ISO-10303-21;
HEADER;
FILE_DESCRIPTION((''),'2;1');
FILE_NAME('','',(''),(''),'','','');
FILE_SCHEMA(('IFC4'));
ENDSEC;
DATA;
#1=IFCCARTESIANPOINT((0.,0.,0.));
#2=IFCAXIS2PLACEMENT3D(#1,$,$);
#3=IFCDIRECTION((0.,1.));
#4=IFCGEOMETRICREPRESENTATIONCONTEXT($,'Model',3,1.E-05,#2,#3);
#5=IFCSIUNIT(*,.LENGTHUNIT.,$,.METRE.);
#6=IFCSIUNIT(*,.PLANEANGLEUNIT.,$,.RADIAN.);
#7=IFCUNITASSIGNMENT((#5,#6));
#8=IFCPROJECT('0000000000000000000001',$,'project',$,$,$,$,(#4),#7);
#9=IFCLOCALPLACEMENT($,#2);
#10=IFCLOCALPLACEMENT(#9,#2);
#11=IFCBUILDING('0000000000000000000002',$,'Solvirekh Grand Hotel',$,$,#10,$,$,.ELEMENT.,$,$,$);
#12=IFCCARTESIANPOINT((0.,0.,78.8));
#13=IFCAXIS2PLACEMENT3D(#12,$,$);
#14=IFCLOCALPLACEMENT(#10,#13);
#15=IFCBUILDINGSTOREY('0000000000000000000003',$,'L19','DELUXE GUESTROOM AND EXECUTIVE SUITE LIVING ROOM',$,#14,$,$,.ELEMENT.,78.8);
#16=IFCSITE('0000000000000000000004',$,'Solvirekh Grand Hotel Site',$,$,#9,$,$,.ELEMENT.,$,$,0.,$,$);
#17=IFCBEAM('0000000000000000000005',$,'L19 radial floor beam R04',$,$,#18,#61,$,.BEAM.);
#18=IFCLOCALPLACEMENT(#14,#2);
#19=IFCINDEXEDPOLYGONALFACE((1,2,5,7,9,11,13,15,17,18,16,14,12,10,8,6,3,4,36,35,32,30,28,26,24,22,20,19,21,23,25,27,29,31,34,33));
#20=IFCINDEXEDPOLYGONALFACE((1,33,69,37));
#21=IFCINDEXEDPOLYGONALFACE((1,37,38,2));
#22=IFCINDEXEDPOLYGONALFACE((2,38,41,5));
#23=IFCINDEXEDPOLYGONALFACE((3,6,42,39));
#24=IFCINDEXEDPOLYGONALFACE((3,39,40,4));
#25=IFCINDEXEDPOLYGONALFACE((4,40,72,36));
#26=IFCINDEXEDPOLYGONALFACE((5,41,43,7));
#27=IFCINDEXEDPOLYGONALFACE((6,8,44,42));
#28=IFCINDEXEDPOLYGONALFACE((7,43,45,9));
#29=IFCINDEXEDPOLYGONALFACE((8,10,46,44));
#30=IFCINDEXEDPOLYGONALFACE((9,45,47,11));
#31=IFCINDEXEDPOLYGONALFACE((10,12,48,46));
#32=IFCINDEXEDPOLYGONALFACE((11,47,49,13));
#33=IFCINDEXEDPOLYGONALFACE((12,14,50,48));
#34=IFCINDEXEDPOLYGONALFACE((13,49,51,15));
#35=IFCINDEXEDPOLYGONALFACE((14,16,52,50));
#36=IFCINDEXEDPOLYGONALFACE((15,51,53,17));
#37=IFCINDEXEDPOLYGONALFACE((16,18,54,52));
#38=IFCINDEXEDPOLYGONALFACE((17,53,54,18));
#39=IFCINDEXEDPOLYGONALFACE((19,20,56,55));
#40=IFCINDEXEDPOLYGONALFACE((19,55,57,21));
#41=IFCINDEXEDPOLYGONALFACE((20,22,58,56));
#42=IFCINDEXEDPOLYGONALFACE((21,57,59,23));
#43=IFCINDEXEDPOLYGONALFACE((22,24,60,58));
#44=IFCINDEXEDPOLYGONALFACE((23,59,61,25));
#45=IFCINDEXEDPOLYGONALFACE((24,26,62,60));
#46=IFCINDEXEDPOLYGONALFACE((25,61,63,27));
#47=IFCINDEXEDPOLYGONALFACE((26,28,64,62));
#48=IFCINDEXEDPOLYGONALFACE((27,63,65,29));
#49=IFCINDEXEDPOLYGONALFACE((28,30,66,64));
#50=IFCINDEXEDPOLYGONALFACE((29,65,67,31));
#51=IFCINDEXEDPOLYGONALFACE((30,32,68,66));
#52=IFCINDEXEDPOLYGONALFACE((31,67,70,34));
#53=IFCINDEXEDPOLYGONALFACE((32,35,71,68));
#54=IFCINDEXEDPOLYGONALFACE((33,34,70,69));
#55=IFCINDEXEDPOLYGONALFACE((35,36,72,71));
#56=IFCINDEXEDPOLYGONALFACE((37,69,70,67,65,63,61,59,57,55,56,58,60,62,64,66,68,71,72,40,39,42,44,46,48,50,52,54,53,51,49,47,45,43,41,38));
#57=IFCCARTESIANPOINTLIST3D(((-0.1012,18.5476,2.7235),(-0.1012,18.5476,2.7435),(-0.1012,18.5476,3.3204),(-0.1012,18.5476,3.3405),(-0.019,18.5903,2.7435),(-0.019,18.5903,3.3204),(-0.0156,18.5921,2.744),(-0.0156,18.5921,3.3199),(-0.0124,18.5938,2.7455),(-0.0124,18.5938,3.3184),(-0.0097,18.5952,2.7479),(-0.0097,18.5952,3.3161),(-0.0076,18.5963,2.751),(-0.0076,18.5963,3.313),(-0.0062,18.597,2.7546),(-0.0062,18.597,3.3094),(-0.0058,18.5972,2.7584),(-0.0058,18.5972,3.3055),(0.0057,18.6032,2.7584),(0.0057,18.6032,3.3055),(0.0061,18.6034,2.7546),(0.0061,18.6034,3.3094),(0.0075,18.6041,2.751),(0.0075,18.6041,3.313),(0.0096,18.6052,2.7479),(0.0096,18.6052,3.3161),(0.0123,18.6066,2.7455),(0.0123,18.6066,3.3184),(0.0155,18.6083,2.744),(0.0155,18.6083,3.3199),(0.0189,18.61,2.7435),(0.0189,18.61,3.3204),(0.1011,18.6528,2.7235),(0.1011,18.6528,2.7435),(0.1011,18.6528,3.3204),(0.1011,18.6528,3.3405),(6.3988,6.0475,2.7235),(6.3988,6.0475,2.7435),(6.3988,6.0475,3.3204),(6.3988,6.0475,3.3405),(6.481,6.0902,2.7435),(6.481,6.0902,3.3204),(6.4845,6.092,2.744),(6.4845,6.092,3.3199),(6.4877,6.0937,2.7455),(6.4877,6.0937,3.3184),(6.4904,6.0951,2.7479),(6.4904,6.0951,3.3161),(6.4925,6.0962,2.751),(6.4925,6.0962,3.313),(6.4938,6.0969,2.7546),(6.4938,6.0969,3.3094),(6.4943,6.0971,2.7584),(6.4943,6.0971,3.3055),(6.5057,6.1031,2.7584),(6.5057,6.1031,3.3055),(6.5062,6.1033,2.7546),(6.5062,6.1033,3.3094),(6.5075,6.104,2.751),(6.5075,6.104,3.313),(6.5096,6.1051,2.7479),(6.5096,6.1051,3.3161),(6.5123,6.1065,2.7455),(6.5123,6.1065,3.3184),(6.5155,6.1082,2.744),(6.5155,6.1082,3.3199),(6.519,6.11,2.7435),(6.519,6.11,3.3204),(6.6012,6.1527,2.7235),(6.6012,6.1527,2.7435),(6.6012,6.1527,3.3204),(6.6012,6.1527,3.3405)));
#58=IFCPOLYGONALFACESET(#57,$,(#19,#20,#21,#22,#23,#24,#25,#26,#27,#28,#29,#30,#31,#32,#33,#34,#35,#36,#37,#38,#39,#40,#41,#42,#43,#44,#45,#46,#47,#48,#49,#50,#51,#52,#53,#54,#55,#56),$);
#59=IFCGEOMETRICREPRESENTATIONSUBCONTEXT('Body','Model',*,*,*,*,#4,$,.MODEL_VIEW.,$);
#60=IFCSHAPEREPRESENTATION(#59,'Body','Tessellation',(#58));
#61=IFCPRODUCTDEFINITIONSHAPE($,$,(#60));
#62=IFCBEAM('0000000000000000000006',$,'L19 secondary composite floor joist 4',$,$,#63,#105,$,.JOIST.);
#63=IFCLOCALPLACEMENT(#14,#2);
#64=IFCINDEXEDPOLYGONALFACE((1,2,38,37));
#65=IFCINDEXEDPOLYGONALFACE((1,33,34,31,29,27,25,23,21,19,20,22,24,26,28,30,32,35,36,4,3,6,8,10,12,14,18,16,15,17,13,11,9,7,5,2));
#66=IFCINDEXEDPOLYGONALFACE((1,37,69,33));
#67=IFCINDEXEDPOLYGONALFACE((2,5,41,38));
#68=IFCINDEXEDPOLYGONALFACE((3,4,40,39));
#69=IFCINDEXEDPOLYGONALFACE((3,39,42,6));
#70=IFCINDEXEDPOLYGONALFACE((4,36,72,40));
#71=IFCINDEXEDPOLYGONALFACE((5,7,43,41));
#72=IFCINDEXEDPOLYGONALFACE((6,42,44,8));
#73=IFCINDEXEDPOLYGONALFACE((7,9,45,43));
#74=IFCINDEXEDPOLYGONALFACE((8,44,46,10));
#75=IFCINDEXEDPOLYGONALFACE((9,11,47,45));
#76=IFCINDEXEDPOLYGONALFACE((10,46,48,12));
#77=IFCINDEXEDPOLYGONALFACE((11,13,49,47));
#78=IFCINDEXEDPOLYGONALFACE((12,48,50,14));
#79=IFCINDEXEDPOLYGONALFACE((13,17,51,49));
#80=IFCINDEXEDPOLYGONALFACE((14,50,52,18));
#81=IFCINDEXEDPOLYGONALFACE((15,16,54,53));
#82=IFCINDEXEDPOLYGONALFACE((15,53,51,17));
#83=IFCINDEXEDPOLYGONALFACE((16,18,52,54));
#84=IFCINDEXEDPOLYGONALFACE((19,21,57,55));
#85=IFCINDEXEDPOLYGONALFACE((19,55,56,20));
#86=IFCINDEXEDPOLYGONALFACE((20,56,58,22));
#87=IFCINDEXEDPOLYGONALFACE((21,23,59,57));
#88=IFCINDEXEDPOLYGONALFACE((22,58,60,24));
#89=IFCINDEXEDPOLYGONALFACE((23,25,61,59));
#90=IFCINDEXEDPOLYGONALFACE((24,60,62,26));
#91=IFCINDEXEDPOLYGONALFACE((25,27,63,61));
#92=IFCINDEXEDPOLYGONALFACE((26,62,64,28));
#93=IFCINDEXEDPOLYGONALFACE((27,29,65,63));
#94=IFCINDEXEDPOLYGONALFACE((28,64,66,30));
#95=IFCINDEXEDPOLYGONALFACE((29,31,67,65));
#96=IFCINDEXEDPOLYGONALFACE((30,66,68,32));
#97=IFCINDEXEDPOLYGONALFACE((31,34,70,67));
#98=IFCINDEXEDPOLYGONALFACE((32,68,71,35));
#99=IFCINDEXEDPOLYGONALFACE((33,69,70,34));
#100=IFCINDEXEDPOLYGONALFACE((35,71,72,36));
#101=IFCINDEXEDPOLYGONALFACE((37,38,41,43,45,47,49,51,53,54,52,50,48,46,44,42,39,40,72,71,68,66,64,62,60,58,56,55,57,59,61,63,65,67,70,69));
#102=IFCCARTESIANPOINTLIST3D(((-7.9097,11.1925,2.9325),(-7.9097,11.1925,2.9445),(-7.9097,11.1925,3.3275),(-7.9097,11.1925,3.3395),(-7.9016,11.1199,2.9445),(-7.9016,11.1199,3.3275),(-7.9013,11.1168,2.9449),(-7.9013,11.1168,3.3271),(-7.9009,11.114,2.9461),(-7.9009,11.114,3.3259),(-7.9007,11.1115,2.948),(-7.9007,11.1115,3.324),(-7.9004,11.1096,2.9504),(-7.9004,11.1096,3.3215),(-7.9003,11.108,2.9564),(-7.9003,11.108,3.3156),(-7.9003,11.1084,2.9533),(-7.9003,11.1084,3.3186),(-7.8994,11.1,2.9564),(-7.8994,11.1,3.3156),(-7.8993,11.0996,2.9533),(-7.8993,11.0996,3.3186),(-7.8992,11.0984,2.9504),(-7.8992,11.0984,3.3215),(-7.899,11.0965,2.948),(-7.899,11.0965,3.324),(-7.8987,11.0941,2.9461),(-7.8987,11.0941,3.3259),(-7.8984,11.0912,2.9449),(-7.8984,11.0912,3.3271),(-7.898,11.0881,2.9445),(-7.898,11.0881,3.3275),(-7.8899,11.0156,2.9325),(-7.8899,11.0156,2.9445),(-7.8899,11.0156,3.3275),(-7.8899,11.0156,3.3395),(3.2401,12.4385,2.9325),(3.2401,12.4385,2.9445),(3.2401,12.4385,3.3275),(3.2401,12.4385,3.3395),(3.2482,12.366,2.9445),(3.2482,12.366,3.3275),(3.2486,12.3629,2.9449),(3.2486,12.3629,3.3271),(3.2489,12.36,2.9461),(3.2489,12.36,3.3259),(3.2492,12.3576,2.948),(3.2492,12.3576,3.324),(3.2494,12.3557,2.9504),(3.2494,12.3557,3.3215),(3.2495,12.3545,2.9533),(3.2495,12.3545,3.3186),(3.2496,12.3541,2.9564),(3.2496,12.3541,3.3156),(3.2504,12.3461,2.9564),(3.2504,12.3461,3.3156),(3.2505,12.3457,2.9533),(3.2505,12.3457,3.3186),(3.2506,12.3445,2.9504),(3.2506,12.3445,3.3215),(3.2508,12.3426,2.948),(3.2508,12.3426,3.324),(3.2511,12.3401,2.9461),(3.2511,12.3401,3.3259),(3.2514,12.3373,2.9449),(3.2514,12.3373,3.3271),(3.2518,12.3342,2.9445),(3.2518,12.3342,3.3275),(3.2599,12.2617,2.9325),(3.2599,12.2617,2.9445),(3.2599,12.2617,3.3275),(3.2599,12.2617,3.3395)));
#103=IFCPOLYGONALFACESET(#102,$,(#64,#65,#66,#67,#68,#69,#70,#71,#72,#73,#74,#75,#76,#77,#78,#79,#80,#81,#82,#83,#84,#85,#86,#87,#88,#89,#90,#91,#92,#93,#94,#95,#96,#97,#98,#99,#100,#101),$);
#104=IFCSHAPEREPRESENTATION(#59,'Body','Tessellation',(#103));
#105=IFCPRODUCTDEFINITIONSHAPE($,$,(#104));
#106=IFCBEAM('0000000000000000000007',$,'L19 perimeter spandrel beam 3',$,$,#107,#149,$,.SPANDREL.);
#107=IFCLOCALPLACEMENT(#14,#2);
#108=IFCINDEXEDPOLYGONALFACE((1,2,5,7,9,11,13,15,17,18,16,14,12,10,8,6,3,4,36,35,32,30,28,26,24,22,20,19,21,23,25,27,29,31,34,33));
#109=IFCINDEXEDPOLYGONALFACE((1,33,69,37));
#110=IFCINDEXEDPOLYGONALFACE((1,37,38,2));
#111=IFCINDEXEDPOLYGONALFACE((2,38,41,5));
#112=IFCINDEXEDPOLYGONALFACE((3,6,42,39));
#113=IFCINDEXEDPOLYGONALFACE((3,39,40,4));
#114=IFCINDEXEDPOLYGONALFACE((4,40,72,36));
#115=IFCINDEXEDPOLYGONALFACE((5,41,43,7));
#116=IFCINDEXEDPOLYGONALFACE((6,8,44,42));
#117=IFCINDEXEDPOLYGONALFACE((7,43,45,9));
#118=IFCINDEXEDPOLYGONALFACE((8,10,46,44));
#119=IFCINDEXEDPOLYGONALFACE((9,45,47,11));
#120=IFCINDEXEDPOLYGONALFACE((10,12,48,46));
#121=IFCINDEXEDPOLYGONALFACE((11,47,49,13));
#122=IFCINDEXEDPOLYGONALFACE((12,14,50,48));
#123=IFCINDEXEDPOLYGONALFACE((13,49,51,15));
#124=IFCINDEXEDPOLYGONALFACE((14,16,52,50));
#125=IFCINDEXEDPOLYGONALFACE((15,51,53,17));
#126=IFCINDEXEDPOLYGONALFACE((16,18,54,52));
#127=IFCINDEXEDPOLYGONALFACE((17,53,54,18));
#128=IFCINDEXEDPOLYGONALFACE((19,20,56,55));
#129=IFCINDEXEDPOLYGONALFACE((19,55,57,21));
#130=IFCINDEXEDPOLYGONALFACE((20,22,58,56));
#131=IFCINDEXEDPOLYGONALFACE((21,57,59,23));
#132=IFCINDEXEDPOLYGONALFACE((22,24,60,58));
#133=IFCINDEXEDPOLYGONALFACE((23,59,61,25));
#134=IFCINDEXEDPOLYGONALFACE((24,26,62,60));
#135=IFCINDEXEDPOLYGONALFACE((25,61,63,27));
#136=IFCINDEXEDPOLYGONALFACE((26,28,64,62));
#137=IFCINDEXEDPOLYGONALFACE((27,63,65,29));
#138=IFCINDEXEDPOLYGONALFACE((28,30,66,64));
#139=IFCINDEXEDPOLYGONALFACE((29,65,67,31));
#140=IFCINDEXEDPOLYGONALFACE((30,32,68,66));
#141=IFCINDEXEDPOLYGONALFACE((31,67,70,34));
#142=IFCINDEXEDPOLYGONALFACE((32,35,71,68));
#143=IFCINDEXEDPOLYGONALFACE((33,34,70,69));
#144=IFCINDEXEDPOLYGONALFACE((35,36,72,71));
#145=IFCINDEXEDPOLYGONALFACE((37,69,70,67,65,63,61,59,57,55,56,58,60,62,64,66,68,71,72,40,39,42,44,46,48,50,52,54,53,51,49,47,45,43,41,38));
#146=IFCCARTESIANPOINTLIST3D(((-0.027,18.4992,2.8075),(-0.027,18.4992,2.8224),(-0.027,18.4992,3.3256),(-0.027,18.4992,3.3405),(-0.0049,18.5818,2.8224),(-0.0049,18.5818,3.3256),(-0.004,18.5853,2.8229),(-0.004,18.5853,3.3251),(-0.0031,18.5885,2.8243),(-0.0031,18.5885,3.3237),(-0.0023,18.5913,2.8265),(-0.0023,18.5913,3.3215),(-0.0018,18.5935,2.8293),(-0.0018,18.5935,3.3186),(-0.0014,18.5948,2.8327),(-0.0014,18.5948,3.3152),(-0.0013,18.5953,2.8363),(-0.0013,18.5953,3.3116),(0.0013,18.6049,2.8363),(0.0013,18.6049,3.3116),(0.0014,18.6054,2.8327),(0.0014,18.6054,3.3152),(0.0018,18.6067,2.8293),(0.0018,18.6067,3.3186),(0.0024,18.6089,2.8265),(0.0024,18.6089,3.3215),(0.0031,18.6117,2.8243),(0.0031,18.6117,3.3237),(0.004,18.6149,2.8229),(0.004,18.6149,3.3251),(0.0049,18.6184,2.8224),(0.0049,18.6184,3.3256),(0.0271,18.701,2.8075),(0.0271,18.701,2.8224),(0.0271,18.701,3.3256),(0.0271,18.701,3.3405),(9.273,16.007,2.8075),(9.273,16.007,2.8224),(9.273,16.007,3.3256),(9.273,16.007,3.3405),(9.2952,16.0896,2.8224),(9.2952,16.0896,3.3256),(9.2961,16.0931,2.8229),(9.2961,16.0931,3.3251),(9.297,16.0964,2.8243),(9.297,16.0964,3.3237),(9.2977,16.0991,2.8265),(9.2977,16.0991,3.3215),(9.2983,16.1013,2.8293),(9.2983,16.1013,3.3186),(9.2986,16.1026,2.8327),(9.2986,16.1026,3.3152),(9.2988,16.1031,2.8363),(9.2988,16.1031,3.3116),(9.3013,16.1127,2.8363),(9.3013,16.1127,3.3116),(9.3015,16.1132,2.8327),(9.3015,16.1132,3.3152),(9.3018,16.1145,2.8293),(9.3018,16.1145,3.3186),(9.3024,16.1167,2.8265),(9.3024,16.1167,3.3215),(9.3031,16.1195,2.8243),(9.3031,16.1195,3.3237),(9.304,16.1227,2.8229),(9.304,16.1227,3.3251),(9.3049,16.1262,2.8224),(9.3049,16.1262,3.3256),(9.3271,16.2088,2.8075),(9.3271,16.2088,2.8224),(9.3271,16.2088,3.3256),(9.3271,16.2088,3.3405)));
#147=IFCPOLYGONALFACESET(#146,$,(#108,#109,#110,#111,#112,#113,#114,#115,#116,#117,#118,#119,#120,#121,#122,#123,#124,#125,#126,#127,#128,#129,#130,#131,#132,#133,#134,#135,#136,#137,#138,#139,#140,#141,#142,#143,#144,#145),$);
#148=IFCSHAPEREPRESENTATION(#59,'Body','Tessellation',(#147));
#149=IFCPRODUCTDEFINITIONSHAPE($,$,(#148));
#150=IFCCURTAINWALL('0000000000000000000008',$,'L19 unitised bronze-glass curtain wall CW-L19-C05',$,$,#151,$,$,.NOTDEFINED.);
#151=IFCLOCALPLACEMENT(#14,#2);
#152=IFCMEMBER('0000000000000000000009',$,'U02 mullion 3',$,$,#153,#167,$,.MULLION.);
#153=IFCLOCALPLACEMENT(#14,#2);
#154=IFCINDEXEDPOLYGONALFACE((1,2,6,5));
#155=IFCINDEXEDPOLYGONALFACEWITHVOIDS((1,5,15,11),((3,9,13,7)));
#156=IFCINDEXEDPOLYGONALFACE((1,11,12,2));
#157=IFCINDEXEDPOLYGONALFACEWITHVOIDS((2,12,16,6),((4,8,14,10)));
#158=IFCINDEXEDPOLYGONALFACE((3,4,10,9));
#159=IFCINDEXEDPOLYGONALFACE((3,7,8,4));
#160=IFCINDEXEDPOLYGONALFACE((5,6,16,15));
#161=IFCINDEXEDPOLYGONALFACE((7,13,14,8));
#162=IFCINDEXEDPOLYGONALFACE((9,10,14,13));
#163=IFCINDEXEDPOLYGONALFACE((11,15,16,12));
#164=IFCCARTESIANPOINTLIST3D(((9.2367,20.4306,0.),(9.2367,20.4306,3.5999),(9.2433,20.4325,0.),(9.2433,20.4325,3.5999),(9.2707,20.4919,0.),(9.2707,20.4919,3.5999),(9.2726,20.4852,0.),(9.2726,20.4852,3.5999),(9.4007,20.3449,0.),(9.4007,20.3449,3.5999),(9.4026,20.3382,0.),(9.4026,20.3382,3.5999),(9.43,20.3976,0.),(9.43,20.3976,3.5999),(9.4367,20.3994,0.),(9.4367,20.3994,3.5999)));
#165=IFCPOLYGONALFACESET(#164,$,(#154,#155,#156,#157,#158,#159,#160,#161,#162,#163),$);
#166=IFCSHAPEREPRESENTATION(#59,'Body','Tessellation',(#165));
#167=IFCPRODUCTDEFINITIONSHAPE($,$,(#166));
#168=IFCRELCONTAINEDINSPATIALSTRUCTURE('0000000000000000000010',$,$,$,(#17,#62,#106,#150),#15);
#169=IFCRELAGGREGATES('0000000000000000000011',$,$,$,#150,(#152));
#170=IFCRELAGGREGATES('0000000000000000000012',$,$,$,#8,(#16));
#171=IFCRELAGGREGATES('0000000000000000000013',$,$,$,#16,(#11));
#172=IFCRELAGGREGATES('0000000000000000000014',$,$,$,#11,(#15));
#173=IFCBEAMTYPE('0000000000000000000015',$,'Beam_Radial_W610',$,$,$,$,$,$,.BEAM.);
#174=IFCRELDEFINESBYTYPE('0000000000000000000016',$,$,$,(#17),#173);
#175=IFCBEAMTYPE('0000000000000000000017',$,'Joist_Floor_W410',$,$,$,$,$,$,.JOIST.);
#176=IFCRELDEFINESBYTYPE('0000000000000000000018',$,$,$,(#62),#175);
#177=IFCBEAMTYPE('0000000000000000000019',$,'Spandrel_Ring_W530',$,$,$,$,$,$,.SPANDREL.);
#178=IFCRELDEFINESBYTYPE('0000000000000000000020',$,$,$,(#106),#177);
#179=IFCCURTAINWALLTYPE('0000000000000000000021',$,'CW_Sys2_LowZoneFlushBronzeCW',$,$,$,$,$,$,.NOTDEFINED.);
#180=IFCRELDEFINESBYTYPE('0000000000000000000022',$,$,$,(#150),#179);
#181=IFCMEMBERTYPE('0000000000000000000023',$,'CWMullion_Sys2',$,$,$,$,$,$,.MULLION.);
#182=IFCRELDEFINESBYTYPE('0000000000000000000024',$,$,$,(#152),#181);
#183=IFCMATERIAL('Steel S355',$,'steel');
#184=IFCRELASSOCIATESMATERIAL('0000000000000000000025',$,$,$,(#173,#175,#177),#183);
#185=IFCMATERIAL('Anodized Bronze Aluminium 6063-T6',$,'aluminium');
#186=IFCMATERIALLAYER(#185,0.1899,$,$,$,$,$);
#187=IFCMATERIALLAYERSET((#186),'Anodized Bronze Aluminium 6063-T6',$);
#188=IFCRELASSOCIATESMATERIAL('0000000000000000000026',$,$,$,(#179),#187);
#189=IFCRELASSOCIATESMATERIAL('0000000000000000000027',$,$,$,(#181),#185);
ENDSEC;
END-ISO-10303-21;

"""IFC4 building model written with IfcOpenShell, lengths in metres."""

from ifc_helpers import new_model, si_unit, direction, frame, origin, origin_2d, place, context, subcontext, project, spatial, hollow_rectangle, i_section, extrude, source, transform, mapped, material, layer, layer_set, material_profile, profile_set, type_object, element, aggregate, save


model = new_model("IFC4")

# Units and contexts
model_context = context("Model", 3, precision=1e-05, world=origin(), true_north=direction((0.0, 1.0)))
body_context = subcontext(model_context, "Body", "Model", "MODEL_VIEW")
ifc_project = project(units=[si_unit("LENGTHUNIT", "METRE"), si_unit("PLANEANGLEUNIT", "RADIAN")], contexts=[model_context])

# Site, building, storey
site_placement = place(None, origin())
site = spatial("IfcSite", under=ifc_project, at=site_placement, Name="Solvirekh Grand Hotel Site", CompositionType="ELEMENT", RefElevation=0.0)
building_placement = place(site_placement, origin())
building = spatial("IfcBuilding", under=site, at=building_placement, Name="Solvirekh Grand Hotel", CompositionType="ELEMENT")
storey_placement = place(building_placement, frame((0.0, 0.0, 78.8)))
storey = spatial("IfcBuildingStorey", under=building, at=storey_placement, Name="L19", Description="DELUXE GUESTROOM AND EXECUTIVE SUITE LIVING ROOM", CompositionType="ELEMENT", Elevation=78.8)

# Beams
ifc_material_1 = material(Name="Steel S355", Category="steel")
ifc_material_profile_1 = material_profile(ifc_material_1, i_section(OverallWidth=0.228, OverallDepth=0.6169, WebThickness=0.0129, FlangeThickness=0.02, FilletRadius=0.0149, at=origin_2d()), Name="W610X140")
ifc_profile_set_1 = profile_set([ifc_material_profile_1], Name="Steel S355")
beam_type_1 = type_object("IfcBeamType", Name="Beam_Radial_W610", PredefinedType="BEAM", material=ifc_profile_set_1)
beam_1_placement = place(storey_placement, frame((6.5, 6.1001, 3.032), z_axis=(-0.461353, 0.887217, 0.0), x_axis=(-0.887217, -0.461353, 0.0)))
element("IfcBeam", 1, at=beam_1_placement, inside=storey, type_object=beam_type_1, Name="L19 radial floor beam R04", PredefinedType="BEAM", context=body_context, shape_type="SweptSolid", body=[
    extrude(i_section(OverallWidth=0.228, OverallDepth=0.6169, WebThickness=0.0129, FlangeThickness=0.02, FilletRadius=0.0149, at=origin_2d()), origin(), (0.0, 0.0, 1.0), 14.0891),
])
ifc_material_profile_2 = material_profile(ifc_material_1, i_section(OverallWidth=0.178, OverallDepth=0.407, WebThickness=0.0081, FlangeThickness=0.012, FilletRadius=0.012, at=origin_2d()), Name="W410X60")
ifc_profile_set_2 = profile_set([ifc_material_profile_2], Name="Steel S355")
beam_type_2 = type_object("IfcBeamType", Name="Joist_Floor_W410", PredefinedType="JOIST", material=ifc_profile_set_2)
beam_2_placement = place(storey_placement, frame((3.25, 12.3501, 3.136), z_axis=(-0.993813, -0.111067, 0.0), x_axis=(0.111067, -0.993813, 0.0)))
element("IfcBeam", 2, at=beam_2_placement, inside=storey, type_object=beam_type_2, Name="L19 secondary composite floor joist 4", PredefinedType="JOIST", context=body_context, shape_type="SweptSolid", body=[
    extrude(i_section(OverallWidth=0.178, OverallDepth=0.407, WebThickness=0.0081, FlangeThickness=0.012, FilletRadius=0.012, at=origin_2d()), origin(), (0.0, 0.0, 1.0), 11.2192),
])
ifc_material_profile_3 = material_profile(ifc_material_1, i_section(OverallWidth=0.209, OverallDepth=0.533, WebThickness=0.01, FlangeThickness=0.0149, FilletRadius=0.0139, at=origin_2d()), Name="W530X92")
ifc_profile_set_3 = profile_set([ifc_material_profile_3], Name="Steel S355")
beam_type_3 = type_object("IfcBeamType", Name="Spandrel_Ring_W530", PredefinedType="SPANDREL", material=ifc_profile_set_3)
beam_3_placement = place(storey_placement, frame((9.3, 16.1079, 3.074), z_axis=(-0.965919, 0.258843, 0.0), x_axis=(-0.258843, -0.965919, 0.0)))
element("IfcBeam", 3, at=beam_3_placement, inside=storey, type_object=beam_type_3, Name="L19 perimeter spandrel beam 3", PredefinedType="SPANDREL", context=body_context, shape_type="SweptSolid", body=[
    extrude(i_section(OverallWidth=0.209, OverallDepth=0.533, WebThickness=0.01, FlangeThickness=0.0149, FilletRadius=0.0139, at=origin_2d()), origin(), (0.0, 0.0, 1.0), 9.6282),
])

# Curtain wall, member
ifc_material_2 = material(Name="Anodized Bronze Aluminium 6063-T6", Category="aluminium")
ifc_layer_1 = layer(ifc_material_2, 0.1899)
ifc_layer_set_1 = layer_set([ifc_layer_1], Name="Anodized Bronze Aluminium 6063-T6")
curtain_wall_type = type_object("IfcCurtainWallType", Name="CW_Sys2_LowZoneFlushBronzeCW", PredefinedType="NOTDEFINED", material=ifc_layer_set_1)
curtain_wall_placement = place(storey_placement, origin())
curtain_wall = element("IfcCurtainWall", 4, at=curtain_wall_placement, inside=storey, type_object=curtain_wall_type, Name="L19 unitised bronze-glass curtain wall CW-L19-C05", PredefinedType="NOTDEFINED")
ifc_material_profile_4 = material_profile(ifc_material_2, hollow_rectangle(XDim=0.0701, YDim=0.1899, WallThickness=0.0049, at=origin_2d()), Name="ALU RHS 190X70X5")
ifc_profile_set_4 = profile_set([ifc_material_profile_4], Name="Anodized Bronze Aluminium 6063-T6")
member_type = type_object("IfcMemberType", Name="CWMullion_Sys2", PredefinedType="MULLION", material=ifc_profile_set_4)
shared_shape = source(origin(), body_context, "Body", "SweptSolid", [
    extrude(hollow_rectangle(XDim=0.0701, YDim=0.1899, WallThickness=0.0049, at=origin_2d()), origin(), (0.0, 0.0, 1.0), 3.5999),
])
member_placement = place(storey_placement, frame((9.3367, 20.415, 0.0), z_axis=(0.0, 0.0, 1.0), x_axis=(-0.486521, -0.873669, 0.0)))
member = element("IfcMember", 5, at=member_placement, type_object=member_type, Name="U02 mullion 3", PredefinedType="MULLION", context=body_context, shape_type="MappedRepresentation", body=[
    mapped(shared_shape, transform((0.0, 0.0, 0.0), x_axis=(1.0, 0.0, 0.0), y_axis=(0.0, 1.0, 0.0), z_axis=(0.0, 0.0, 1.0), scale=1.0)),
])
aggregate(curtain_wall, [member])

save(model, "model.ifc")
